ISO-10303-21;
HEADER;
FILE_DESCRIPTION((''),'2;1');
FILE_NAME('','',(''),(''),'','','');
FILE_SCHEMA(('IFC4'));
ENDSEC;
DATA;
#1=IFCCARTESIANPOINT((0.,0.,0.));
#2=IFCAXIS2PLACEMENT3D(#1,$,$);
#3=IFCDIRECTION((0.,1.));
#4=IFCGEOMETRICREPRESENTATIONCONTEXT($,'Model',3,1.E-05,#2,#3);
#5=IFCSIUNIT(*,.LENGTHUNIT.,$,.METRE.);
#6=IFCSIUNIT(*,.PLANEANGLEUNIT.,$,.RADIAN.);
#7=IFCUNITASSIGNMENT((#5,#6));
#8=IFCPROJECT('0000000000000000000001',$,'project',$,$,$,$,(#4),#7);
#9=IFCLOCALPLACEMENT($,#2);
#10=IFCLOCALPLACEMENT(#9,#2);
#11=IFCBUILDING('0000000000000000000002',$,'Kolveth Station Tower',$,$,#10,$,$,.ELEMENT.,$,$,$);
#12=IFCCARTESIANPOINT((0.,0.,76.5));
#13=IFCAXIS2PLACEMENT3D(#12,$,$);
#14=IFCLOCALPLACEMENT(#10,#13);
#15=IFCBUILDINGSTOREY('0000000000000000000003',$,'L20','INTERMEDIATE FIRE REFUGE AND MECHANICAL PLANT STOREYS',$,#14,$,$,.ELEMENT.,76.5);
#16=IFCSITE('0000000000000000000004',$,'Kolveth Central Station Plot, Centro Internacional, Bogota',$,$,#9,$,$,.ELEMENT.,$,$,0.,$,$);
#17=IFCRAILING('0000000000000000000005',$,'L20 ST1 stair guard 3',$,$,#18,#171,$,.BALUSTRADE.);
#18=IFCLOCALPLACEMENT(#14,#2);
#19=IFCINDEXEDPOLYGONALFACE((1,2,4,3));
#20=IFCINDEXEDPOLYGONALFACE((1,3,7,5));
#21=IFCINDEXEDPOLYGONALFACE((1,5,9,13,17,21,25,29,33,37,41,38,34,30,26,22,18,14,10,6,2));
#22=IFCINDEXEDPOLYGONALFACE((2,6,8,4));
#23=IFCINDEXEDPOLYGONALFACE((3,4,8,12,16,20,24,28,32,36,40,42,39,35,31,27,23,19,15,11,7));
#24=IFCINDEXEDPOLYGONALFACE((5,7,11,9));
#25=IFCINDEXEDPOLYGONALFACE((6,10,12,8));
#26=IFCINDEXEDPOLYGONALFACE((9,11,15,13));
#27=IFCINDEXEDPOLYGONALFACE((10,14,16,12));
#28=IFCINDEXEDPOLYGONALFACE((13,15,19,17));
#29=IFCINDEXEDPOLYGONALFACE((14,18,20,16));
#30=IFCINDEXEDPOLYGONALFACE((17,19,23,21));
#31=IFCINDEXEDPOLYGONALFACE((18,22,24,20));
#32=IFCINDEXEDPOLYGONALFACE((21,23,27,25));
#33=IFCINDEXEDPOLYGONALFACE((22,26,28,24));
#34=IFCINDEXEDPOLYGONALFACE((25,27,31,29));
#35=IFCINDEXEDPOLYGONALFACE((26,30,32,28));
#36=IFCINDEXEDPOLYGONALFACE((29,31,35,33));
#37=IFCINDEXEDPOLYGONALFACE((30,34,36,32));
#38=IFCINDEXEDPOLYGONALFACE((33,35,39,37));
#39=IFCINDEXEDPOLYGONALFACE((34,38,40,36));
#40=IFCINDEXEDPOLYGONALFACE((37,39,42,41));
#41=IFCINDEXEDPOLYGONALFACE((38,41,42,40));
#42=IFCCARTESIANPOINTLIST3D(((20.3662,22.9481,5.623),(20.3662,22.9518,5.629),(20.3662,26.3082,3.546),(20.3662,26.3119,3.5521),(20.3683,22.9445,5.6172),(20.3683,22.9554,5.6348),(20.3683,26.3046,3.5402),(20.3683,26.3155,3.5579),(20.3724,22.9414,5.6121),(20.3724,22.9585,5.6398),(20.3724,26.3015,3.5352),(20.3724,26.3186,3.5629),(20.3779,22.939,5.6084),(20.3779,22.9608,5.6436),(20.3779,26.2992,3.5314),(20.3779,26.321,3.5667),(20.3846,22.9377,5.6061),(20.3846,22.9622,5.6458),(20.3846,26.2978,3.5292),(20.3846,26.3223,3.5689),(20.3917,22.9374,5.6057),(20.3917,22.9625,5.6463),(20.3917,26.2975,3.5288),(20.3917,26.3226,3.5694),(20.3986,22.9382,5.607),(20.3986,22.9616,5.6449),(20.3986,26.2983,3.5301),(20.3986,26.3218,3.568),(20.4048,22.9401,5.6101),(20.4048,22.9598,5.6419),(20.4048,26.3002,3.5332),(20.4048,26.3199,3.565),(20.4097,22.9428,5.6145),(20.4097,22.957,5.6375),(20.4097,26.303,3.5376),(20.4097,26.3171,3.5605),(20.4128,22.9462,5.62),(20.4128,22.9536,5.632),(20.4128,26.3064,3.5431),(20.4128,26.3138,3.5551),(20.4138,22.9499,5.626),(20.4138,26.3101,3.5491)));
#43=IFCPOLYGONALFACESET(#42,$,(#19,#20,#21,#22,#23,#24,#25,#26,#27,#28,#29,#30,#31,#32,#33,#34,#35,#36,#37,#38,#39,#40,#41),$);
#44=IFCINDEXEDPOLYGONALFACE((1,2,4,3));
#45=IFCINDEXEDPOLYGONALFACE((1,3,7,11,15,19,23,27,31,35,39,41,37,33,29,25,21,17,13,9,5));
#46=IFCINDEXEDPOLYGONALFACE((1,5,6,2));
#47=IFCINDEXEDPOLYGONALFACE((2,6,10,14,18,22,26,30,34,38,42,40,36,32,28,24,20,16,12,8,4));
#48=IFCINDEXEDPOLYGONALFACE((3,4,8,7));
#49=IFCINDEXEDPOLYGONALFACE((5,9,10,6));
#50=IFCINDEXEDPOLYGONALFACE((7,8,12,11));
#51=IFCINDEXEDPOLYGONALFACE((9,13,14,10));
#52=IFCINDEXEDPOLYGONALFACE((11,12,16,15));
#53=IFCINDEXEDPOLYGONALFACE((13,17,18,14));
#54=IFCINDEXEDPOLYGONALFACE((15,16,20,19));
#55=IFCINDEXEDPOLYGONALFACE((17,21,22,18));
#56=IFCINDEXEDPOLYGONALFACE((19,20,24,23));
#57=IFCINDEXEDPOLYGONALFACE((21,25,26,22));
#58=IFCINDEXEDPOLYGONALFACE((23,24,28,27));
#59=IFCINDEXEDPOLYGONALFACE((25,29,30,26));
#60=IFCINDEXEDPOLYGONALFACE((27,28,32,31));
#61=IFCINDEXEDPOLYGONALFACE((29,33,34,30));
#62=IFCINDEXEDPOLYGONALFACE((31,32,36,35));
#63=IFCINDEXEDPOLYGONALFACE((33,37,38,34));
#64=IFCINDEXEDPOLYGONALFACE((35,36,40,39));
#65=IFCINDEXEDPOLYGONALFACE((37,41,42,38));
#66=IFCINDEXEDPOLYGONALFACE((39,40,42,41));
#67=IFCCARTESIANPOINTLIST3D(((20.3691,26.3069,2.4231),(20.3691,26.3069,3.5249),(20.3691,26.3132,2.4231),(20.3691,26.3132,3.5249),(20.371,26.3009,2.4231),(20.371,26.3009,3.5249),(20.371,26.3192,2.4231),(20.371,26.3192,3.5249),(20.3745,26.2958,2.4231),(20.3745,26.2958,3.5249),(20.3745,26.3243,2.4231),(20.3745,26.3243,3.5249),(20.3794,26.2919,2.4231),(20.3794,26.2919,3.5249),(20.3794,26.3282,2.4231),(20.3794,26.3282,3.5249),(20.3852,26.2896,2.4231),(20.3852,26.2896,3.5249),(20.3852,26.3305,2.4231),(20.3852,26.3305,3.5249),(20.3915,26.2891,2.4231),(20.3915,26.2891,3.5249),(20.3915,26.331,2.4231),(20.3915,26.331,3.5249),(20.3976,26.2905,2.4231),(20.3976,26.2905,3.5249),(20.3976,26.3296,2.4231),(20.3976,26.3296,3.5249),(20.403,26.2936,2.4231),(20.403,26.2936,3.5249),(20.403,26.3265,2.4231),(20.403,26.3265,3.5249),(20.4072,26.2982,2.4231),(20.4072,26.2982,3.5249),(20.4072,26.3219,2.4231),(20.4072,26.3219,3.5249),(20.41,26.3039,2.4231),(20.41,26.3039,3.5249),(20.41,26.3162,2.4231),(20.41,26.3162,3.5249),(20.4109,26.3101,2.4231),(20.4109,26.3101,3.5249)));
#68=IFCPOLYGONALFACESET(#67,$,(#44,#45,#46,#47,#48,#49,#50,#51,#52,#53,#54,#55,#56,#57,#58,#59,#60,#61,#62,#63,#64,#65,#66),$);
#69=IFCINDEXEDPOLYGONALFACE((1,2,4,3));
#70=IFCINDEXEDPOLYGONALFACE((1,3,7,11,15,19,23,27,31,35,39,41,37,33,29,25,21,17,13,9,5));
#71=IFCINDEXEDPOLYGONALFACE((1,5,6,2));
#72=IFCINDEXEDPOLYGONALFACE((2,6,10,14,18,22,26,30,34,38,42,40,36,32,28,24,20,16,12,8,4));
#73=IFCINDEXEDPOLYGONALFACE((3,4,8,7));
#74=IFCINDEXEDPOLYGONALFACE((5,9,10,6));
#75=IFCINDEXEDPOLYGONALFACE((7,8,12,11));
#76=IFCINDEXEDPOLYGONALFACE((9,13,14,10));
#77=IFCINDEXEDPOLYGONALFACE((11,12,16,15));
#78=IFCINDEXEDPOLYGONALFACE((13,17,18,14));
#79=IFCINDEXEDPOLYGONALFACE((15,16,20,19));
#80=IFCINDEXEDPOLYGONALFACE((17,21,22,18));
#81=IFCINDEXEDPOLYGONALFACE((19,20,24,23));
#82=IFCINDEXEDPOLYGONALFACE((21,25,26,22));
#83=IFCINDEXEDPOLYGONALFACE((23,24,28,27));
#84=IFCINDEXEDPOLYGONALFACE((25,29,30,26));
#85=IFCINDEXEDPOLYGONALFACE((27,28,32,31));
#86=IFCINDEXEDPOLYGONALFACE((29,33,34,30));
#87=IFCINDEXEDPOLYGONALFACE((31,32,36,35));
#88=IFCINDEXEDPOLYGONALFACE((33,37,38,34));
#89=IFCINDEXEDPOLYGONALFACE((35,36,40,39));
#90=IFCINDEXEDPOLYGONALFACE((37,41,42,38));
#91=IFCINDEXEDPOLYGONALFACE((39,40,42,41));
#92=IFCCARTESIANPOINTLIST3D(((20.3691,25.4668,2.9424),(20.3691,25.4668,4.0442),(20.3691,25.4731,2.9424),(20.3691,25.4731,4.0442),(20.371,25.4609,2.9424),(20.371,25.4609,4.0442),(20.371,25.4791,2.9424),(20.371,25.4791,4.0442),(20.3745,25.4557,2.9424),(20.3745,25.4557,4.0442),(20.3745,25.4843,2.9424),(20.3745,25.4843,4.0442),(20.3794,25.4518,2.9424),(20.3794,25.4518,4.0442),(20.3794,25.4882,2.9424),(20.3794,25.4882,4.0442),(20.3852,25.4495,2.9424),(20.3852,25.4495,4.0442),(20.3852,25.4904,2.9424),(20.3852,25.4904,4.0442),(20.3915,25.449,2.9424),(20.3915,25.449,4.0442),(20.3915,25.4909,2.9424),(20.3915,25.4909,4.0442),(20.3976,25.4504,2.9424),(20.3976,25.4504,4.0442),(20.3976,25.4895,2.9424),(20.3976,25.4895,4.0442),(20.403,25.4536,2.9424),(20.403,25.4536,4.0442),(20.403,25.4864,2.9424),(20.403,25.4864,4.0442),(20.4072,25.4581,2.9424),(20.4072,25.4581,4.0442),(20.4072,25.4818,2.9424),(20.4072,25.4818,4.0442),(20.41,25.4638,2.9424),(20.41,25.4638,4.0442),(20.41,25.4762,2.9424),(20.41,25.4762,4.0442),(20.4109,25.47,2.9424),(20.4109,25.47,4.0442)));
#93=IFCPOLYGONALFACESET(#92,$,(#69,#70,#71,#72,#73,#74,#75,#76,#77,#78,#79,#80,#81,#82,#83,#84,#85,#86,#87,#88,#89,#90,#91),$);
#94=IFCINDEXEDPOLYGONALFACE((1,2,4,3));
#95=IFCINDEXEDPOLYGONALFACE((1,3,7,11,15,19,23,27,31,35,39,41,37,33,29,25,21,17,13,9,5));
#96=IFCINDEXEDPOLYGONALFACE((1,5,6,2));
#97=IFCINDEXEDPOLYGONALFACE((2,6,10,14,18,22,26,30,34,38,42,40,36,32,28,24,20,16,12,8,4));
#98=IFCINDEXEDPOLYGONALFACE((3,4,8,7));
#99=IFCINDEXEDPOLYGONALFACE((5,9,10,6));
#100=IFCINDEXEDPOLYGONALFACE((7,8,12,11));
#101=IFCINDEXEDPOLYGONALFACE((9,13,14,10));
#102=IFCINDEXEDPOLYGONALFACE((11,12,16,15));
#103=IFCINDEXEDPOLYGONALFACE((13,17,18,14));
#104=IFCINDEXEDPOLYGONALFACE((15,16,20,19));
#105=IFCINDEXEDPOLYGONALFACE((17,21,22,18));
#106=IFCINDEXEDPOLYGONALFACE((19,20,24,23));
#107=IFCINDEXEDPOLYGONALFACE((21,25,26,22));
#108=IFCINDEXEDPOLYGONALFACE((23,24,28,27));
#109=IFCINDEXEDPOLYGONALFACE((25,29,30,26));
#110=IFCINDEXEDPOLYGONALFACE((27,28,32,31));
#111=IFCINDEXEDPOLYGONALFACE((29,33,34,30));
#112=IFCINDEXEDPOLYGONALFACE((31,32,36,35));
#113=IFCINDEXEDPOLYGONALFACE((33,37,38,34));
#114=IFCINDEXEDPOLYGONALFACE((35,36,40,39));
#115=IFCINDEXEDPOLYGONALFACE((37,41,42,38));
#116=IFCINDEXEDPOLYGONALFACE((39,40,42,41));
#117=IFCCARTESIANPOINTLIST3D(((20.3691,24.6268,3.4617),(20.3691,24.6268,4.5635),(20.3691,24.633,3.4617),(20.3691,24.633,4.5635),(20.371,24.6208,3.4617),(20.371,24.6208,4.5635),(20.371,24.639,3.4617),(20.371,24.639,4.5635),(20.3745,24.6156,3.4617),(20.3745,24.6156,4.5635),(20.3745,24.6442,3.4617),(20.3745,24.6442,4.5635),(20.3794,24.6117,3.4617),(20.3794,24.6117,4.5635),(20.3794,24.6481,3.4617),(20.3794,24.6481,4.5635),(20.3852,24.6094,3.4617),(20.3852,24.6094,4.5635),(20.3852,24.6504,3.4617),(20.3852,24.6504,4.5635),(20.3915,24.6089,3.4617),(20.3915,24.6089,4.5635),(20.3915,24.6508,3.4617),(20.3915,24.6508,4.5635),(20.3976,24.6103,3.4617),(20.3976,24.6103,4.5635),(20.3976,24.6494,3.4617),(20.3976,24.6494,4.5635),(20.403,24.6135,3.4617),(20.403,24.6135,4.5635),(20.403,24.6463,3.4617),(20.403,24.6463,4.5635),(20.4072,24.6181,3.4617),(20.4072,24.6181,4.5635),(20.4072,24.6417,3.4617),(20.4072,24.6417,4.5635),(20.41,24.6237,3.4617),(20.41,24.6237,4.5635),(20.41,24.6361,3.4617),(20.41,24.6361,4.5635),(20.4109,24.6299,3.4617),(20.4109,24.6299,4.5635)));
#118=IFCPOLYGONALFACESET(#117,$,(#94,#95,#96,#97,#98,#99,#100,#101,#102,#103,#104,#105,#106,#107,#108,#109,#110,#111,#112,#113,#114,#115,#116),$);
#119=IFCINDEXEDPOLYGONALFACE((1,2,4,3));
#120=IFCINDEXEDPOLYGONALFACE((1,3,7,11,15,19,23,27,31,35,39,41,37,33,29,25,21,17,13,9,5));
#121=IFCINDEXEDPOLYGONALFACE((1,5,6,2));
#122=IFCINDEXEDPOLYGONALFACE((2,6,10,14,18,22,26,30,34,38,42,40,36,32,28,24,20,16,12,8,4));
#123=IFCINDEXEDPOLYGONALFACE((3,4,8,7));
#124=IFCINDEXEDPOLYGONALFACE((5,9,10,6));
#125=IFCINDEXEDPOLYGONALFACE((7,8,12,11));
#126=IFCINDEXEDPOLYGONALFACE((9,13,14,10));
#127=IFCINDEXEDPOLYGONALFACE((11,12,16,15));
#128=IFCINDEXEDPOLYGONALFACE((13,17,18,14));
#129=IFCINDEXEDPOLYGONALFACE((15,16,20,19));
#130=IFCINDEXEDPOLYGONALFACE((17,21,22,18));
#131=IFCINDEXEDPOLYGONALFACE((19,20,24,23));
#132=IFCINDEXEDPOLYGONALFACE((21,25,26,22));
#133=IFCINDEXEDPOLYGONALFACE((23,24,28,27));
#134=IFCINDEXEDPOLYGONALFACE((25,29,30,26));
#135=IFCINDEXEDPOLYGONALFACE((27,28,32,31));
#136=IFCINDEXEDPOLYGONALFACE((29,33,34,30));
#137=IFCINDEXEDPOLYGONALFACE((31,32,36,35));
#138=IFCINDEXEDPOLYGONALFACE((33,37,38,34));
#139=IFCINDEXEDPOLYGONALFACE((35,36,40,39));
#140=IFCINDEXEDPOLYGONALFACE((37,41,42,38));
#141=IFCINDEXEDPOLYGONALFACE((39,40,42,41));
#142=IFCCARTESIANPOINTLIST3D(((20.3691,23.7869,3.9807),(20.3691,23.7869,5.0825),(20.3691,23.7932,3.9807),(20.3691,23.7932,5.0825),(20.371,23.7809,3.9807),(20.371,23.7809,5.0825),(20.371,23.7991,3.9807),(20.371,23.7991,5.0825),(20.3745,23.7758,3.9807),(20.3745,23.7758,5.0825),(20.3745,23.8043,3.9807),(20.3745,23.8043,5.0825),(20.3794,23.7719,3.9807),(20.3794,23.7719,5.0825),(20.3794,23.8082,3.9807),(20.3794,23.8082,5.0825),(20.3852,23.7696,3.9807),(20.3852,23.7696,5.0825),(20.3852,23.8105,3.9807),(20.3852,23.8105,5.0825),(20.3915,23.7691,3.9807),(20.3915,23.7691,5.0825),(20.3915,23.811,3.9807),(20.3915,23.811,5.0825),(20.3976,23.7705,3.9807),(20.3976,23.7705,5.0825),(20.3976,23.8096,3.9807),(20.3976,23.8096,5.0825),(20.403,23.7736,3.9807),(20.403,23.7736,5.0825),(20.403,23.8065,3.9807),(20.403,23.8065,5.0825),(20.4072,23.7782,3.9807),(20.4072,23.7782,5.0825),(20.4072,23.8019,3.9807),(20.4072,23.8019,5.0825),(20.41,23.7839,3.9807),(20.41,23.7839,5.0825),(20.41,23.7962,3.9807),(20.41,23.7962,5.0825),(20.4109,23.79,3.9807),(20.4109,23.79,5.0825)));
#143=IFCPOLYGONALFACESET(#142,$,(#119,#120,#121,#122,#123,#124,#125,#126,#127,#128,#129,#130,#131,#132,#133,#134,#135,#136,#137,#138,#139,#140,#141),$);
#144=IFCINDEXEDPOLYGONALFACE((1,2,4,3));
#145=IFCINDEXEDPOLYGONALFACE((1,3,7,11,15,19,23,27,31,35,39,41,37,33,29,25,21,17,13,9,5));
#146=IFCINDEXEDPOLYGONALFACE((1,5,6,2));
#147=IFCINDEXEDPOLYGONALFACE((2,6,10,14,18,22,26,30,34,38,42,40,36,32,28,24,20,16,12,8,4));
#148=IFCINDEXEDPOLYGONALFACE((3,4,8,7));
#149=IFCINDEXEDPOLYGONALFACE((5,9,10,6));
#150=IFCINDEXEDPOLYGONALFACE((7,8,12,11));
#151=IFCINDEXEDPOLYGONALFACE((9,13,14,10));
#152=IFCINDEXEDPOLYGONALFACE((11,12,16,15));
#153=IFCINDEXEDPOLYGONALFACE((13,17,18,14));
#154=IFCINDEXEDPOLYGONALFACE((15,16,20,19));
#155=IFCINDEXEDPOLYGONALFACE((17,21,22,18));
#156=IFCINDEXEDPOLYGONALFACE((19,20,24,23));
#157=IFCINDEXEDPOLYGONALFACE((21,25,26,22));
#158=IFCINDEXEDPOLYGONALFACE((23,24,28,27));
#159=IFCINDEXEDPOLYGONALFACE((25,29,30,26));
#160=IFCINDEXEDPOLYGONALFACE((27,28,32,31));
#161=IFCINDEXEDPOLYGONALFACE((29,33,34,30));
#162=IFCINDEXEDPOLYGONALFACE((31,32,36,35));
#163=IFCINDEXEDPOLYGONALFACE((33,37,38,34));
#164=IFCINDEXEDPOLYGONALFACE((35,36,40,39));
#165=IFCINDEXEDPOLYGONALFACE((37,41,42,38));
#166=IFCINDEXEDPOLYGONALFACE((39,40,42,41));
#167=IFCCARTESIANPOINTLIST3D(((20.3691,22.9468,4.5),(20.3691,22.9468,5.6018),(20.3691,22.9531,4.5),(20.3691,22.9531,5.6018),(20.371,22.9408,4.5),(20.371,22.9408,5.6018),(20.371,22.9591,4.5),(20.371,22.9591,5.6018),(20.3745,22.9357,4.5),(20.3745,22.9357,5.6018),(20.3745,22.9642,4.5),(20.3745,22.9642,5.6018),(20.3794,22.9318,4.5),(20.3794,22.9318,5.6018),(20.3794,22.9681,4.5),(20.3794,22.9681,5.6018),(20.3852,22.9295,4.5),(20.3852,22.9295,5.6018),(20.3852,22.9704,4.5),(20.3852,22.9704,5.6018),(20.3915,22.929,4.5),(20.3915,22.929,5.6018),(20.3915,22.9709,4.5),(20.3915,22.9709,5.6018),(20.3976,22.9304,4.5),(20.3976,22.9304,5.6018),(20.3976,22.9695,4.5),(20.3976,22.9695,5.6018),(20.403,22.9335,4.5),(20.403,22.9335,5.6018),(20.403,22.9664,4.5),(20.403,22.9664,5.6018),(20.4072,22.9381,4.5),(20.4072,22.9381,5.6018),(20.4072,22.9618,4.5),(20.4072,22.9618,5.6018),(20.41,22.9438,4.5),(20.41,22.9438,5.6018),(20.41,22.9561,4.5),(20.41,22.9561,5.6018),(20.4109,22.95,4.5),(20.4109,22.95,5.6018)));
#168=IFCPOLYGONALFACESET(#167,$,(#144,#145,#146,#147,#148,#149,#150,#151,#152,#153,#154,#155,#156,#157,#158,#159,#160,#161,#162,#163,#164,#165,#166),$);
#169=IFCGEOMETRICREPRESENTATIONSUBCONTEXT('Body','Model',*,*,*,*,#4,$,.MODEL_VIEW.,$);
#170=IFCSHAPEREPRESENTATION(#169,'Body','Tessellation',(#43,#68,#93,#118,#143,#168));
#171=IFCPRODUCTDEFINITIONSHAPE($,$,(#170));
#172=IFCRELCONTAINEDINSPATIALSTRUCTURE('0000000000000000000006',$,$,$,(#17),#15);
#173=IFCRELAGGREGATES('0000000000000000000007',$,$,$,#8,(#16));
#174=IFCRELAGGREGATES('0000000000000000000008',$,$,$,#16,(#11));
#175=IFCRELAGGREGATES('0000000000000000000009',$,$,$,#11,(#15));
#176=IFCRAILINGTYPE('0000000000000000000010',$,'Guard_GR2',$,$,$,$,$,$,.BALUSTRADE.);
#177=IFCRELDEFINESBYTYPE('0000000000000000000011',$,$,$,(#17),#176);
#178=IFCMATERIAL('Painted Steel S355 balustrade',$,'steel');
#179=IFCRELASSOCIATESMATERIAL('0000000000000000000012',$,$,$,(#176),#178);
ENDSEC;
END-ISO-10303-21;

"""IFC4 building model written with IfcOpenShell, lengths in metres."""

from ifc_helpers import new_model, si_unit, direction, frame, origin, origin_2d, place, context, subcontext, project, spatial, circle, extrude, material, type_object, element, save


model = new_model("IFC4")

# Units and contexts
model_context = context("Model", 3, precision=1e-05, world=origin(), true_north=direction((0.0, 1.0)))
body_context = subcontext(model_context, "Body", "Model", "MODEL_VIEW")
ifc_project = project(units=[si_unit("LENGTHUNIT", "METRE"), si_unit("PLANEANGLEUNIT", "RADIAN")], contexts=[model_context])

# Site, building, storey
site_placement = place(None, origin())
site = spatial("IfcSite", under=ifc_project, at=site_placement, Name="Kolveth Central Station Plot, Centro Internacional, Bogota", CompositionType="ELEMENT", RefElevation=0.0)
building_placement = place(site_placement, origin())
building = spatial("IfcBuilding", under=site, at=building_placement, Name="Kolveth Station Tower", CompositionType="ELEMENT")
storey_placement = place(building_placement, frame((0.0, 0.0, 76.5)))
storey = spatial("IfcBuildingStorey", under=building, at=storey_placement, Name="L20", Description="INTERMEDIATE FIRE REFUGE AND MECHANICAL PLANT STOREYS", CompositionType="ELEMENT", Elevation=76.5)

# Railing
ifc_material_1 = material(Name="Painted Steel S355 balustrade", Category="steel")
railing_type_1 = type_object("IfcRailingType", Name="Guard_GR2", PredefinedType="BALUSTRADE", material=ifc_material_1)
railing_1_placement = place(storey_placement, frame((20.3899, 26.3101, 2.4231)))
element("IfcRailing", 1, at=railing_1_placement, inside=storey, type_object=railing_type_1, Name="L20 ST1 stair guard 3", PredefinedType="BALUSTRADE", context=body_context, shape_type="SweptSolid", body=[
    extrude(circle(Radius=0.0239, at=origin_2d()), frame((0.0, 0.0, 1.126), z_axis=(0.0, -0.850623, 0.525776), x_axis=(1.0, 0.0, 0.0)), (0.0, 0.0, 1.0), 3.9502),
    extrude(circle(Radius=0.021, at=origin_2d()), origin(), (0.0, 0.0, 1.0), 1.1018),
    extrude(circle(Radius=0.021, at=origin_2d()), frame((0.0, -0.8401, 0.5193)), (0.0, 0.0, 1.0), 1.1018),
    extrude(circle(Radius=0.021, at=origin_2d()), frame((0.0, -1.6802, 1.0386)), (0.0, 0.0, 1.0), 1.1018),
    extrude(circle(Radius=0.021, at=origin_2d()), frame((0.0, -2.52, 1.5576)), (0.0, 0.0, 1.0), 1.1018),
    extrude(circle(Radius=0.021, at=origin_2d()), frame((0.0, -3.3601, 2.0769)), (0.0, 0.0, 1.0), 1.1018),
])

save(model, "model.ifc")
